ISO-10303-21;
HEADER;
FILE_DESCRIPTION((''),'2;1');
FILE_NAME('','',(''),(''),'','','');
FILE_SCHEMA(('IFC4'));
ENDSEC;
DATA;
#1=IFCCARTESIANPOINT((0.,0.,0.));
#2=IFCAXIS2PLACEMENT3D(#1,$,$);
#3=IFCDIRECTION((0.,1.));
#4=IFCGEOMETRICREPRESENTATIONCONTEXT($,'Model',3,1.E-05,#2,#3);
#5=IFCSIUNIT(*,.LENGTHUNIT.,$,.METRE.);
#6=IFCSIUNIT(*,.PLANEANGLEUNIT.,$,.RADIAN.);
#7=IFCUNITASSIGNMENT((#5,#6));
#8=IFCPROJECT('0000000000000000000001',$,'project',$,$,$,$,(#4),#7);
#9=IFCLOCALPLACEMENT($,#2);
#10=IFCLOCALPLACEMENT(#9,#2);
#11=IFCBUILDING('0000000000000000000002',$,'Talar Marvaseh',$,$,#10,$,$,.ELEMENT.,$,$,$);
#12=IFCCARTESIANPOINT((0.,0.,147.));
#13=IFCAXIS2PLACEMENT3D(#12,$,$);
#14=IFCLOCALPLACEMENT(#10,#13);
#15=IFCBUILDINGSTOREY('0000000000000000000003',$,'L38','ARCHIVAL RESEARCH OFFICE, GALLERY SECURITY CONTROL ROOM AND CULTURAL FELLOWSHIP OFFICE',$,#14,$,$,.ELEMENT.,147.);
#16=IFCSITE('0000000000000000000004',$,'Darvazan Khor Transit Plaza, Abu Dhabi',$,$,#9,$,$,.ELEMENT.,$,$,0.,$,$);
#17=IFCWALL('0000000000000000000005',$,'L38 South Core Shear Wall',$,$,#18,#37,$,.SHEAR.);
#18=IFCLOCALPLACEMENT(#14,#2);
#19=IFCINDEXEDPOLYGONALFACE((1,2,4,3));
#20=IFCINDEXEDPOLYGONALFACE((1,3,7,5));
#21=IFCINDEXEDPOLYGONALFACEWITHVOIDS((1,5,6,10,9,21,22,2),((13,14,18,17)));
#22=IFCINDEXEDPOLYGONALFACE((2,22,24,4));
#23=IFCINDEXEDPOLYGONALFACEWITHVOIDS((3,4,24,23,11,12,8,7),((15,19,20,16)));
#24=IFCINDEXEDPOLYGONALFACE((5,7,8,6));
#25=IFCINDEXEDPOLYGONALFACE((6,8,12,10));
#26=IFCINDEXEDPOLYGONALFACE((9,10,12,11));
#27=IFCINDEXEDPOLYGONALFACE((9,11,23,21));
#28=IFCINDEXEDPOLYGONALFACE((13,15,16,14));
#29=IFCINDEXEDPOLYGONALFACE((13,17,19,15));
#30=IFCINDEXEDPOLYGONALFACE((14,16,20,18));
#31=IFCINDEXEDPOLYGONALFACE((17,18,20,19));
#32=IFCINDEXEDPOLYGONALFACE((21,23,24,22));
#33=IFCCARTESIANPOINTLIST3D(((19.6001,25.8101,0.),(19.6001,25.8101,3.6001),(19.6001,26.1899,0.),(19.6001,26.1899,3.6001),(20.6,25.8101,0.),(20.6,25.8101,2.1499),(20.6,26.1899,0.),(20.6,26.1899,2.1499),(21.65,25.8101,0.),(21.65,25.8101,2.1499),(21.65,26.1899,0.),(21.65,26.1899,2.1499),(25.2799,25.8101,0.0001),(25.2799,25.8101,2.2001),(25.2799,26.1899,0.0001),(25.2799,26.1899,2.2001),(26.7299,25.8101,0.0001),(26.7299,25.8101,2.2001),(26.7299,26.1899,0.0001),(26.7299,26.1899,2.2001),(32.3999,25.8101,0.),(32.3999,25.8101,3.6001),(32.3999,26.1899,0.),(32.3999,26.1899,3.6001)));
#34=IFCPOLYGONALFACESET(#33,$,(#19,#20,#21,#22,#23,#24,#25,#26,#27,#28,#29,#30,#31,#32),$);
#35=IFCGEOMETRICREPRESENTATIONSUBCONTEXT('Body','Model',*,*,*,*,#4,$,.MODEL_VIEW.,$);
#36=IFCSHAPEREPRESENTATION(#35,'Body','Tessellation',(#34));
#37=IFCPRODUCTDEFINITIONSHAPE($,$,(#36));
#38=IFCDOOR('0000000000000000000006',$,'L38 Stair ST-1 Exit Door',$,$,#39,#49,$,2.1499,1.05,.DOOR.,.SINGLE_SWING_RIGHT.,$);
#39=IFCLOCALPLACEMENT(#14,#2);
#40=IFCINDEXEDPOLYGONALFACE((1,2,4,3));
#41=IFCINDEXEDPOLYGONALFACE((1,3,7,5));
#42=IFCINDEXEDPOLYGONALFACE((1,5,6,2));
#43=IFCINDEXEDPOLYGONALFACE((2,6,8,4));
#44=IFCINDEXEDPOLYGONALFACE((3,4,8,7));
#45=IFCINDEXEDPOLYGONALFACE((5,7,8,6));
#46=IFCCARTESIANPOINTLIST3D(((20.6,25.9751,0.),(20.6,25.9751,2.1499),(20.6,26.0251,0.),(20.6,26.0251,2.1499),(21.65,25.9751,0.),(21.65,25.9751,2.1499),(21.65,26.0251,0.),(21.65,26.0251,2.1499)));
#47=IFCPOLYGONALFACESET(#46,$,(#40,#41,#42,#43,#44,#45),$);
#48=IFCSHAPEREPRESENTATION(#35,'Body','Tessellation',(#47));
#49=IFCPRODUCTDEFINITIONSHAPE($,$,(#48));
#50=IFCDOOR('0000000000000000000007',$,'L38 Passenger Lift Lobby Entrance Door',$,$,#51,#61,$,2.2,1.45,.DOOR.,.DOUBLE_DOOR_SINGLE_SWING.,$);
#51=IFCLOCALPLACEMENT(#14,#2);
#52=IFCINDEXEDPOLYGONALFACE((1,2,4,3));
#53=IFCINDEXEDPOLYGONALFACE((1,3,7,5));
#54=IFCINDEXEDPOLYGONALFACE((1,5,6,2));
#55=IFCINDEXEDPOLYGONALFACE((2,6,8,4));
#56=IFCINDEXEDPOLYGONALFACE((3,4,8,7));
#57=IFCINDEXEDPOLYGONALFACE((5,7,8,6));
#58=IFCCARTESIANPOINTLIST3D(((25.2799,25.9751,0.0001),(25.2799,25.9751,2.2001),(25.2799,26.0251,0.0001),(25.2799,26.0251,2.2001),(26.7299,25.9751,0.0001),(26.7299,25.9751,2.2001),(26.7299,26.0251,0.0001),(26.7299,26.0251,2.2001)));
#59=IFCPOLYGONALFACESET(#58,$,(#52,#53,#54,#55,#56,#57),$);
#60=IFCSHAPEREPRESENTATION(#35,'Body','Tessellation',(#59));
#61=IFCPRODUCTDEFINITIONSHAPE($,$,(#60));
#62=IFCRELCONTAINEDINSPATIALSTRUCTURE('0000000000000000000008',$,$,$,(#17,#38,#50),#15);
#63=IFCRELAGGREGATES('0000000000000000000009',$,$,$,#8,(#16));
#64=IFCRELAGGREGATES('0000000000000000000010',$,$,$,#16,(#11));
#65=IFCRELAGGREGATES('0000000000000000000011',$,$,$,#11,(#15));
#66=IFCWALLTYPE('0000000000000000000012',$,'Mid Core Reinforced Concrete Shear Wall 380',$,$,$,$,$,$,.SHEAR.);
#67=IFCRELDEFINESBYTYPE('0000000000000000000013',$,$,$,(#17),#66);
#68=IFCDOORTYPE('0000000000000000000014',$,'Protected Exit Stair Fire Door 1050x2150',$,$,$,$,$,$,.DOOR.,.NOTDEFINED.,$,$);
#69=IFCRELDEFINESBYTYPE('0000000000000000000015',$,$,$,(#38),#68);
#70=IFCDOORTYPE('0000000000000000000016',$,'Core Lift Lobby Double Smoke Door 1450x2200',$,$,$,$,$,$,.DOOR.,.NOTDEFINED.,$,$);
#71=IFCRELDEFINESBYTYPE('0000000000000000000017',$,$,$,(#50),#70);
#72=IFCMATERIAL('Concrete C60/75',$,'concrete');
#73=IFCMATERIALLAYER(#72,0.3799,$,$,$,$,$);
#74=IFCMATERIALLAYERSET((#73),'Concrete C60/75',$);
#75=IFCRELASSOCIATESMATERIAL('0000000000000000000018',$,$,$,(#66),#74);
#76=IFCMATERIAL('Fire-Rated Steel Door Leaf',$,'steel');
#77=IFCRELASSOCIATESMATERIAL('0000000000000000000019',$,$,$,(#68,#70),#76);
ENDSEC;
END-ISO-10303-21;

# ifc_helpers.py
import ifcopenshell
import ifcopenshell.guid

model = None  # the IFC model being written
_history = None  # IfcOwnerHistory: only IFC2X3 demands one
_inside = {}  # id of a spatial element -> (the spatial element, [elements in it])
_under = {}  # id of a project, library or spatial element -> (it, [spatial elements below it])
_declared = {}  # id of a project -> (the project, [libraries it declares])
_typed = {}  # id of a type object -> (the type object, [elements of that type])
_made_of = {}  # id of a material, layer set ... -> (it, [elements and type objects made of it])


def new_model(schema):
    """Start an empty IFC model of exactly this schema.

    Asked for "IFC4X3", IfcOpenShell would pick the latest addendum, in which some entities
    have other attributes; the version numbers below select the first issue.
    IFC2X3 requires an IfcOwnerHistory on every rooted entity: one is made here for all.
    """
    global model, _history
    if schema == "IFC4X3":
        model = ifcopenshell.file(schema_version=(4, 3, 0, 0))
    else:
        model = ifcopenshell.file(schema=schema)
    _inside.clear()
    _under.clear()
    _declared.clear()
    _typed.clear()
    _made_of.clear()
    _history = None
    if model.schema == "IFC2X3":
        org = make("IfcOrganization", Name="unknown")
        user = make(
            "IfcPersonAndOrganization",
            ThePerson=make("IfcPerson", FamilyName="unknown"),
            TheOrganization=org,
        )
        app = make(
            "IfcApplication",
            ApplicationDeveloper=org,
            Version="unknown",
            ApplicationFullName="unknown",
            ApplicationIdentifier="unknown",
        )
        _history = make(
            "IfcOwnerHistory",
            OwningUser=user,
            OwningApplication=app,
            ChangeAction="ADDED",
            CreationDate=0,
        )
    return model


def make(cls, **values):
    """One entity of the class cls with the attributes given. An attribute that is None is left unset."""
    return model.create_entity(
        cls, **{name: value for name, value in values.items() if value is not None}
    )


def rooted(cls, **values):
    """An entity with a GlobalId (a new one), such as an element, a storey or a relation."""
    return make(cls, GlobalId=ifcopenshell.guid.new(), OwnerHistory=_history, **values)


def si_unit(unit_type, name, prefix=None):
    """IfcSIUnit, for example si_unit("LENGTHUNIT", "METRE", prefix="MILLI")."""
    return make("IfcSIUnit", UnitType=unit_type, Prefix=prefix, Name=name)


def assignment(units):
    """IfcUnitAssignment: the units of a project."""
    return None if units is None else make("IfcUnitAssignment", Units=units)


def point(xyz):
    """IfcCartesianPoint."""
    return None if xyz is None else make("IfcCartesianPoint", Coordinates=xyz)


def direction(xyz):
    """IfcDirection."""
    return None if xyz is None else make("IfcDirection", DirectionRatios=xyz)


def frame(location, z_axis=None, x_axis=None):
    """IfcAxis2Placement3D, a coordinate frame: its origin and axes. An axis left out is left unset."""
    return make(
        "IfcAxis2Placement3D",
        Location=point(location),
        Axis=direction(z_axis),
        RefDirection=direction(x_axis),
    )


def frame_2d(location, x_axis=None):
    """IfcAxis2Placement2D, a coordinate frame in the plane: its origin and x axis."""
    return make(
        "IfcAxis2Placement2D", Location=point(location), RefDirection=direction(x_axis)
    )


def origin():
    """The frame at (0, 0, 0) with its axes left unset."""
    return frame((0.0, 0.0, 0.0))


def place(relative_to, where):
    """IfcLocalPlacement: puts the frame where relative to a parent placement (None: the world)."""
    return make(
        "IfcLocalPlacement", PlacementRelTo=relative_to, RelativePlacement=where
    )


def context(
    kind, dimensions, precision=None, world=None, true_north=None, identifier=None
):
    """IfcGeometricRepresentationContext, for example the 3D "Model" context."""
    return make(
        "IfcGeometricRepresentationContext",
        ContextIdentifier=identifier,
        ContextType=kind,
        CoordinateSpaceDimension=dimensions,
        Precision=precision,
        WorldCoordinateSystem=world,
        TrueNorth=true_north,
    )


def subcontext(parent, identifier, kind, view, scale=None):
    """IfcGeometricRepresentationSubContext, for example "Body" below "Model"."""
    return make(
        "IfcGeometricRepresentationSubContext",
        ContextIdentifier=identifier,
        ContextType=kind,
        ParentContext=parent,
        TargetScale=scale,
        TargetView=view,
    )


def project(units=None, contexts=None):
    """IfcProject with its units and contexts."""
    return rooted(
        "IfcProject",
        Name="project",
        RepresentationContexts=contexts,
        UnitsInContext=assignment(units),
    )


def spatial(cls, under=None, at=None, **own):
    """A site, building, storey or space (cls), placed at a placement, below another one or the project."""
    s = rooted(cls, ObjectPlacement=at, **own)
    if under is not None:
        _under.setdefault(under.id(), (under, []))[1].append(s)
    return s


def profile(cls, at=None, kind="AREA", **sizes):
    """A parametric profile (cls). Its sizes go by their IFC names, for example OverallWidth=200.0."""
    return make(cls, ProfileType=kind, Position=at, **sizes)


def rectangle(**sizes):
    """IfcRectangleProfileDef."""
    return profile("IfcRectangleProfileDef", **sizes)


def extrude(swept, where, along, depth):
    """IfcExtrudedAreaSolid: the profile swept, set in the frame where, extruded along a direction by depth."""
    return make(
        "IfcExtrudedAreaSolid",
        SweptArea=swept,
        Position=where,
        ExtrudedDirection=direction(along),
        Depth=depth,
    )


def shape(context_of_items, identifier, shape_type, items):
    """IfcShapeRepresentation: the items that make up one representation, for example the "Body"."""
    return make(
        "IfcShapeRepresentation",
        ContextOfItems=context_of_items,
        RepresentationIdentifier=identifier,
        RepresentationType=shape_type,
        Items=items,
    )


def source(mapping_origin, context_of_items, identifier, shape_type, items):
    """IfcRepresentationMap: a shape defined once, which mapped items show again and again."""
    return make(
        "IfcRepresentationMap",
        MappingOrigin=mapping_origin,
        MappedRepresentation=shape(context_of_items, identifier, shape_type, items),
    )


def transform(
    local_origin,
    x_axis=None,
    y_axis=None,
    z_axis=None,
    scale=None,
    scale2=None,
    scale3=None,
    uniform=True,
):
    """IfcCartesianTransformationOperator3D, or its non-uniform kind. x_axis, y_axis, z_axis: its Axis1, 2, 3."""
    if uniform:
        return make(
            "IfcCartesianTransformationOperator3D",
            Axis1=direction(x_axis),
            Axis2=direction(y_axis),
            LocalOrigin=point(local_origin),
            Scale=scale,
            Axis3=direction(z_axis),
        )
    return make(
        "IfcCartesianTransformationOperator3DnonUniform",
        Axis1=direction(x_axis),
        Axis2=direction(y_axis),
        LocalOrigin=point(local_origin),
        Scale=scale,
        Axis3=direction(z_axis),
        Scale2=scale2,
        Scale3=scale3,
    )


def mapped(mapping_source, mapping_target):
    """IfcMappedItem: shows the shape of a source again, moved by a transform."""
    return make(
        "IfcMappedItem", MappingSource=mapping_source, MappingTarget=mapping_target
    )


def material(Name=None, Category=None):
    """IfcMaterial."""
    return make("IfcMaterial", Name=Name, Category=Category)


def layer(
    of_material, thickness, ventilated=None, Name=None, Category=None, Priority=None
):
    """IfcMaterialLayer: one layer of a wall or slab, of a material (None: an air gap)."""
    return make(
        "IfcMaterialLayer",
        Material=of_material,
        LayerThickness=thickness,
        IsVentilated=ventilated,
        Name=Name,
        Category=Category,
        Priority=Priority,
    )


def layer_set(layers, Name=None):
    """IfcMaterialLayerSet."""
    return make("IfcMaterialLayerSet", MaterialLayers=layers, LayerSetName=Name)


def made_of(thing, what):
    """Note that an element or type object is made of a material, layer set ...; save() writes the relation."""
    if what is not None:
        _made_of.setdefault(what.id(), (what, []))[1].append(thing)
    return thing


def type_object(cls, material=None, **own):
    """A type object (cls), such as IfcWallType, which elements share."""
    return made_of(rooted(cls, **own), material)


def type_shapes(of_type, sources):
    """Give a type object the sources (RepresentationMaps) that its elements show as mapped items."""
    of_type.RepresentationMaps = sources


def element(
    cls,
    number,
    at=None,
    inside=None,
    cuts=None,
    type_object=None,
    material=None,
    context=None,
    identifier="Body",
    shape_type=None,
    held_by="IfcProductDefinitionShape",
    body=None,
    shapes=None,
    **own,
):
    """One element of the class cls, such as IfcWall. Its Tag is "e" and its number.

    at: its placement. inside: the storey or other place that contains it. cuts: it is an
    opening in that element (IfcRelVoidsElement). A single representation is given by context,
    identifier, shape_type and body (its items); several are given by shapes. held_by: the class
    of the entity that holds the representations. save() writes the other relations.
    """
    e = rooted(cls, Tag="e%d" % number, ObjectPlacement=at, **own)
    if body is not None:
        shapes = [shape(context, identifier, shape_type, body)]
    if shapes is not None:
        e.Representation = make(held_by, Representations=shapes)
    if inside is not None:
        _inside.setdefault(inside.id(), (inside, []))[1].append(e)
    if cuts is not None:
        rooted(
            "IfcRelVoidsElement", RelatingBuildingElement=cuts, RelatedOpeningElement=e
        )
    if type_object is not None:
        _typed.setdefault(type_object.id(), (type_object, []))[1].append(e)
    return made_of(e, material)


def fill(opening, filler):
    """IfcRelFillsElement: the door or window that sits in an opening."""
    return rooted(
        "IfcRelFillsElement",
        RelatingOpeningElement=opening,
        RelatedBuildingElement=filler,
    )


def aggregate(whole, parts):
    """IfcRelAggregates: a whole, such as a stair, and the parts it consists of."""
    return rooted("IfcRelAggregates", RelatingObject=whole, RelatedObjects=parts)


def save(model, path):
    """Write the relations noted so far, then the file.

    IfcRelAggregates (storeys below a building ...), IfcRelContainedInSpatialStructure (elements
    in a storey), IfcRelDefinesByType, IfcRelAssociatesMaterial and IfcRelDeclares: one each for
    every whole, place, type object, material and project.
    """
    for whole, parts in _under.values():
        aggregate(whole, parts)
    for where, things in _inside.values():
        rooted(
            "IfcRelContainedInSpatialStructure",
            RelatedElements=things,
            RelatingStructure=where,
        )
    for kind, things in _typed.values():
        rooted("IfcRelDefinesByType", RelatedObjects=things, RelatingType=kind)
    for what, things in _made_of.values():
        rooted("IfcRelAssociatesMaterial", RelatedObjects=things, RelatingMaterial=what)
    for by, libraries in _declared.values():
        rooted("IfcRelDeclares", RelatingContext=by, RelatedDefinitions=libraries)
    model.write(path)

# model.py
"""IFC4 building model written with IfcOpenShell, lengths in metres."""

from ifc_helpers import new_model, si_unit, direction, frame, frame_2d, origin, place, context, subcontext, project, spatial, rectangle, extrude, source, transform, mapped, material, layer, layer_set, type_object, type_shapes, element, fill, save


model = new_model("IFC4")

# Units and contexts
model_context = context("Model", 3, precision=1e-05, world=origin(), true_north=direction((0.0, 1.0)))
body_context = subcontext(model_context, "Body", "Model", "MODEL_VIEW")
ifc_project = project(units=[si_unit("LENGTHUNIT", "METRE"), si_unit("PLANEANGLEUNIT", "RADIAN")], contexts=[model_context])

# Site, building, storey
site_placement = place(None, origin())
site = spatial("IfcSite", under=ifc_project, at=site_placement, Name="Darvazan Khor Transit Plaza, Abu Dhabi", CompositionType="ELEMENT", RefElevation=0.0)
building_placement = place(site_placement, origin())
building = spatial("IfcBuilding", under=site, at=building_placement, Name="Talar Marvaseh", CompositionType="ELEMENT")
storey_placement = place(building_placement, frame((0.0, 0.0, 147.0)))
storey = spatial("IfcBuildingStorey", under=building, at=storey_placement, Name="L38", Description="ARCHIVAL RESEARCH OFFICE, GALLERY SECURITY CONTROL ROOM AND CULTURAL FELLOWSHIP OFFICE", CompositionType="ELEMENT", Elevation=147.0)

# Shared definitions
ifc_material_1 = material(Name="Concrete C60/75", Category="concrete")

# Wall, openings, doors
ifc_layer_1 = layer(ifc_material_1, 0.3799)
ifc_layer_set_1 = layer_set([ifc_layer_1], Name="Concrete C60/75")
wall_type_1 = type_object("IfcWallType", Name="Mid Core Reinforced Concrete Shear Wall 380", PredefinedType="SHEAR", material=ifc_layer_set_1)
wall_1_placement = place(storey_placement, frame((32.3999, 26.0, 0.0), z_axis=(0.0, 0.0, 1.0), x_axis=(-1.0, 0.0, 0.0)))
wall_1 = element("IfcWall", 1, at=wall_1_placement, inside=storey, type_object=wall_type_1, Name="L38 South Core Shear Wall", PredefinedType="SHEAR", context=body_context, shape_type="SweptSolid", body=[
    extrude(rectangle(XDim=12.7998, YDim=0.3799, at=frame_2d((6.3999, 0.0))), origin(), (0.0, 0.0, 1.0), 3.6001),
])
opening_1_placement = place(wall_1_placement, frame((10.75, 0.0, 0.0)))
opening_1 = element("IfcOpeningElement", 2, at=opening_1_placement, cuts=wall_1, PredefinedType="OPENING", context=body_context, shape_type="SweptSolid", body=[
    extrude(rectangle(XDim=1.05, YDim=2.1499, at=frame_2d((0.5249, 1.075))), frame((0.0, 0.2, 0.0), z_axis=(0.0, -1.0, 0.0), x_axis=(1.0, 0.0, 0.0)), (0.0, 0.0, 1.0), 0.3999),
])
opening_2_placement = place(wall_1_placement, frame((5.6699, 0.0, 0.0)))
opening_2 = element("IfcOpeningElement", 3, at=opening_2_placement, cuts=wall_1, PredefinedType="OPENING", context=body_context, shape_type="SweptSolid", body=[
    extrude(rectangle(XDim=1.45, YDim=2.2, at=frame_2d((0.7251, 1.1001))), frame((0.0, 0.2, 0.0), z_axis=(0.0, -1.0, 0.0), x_axis=(1.0, 0.0, 0.0)), (0.0, 0.0, 1.0), 0.3999),
])
ifc_material_2 = material(Name="Fire-Rated Steel Door Leaf", Category="steel")
door_type_1 = type_object("IfcDoorType", Name="Protected Exit Stair Fire Door 1050x2150", OperationType="NOTDEFINED", PredefinedType="DOOR", material=ifc_material_2)
shared_shape_1 = source(origin(), body_context, "Body", "SweptSolid", [
    extrude(rectangle(XDim=1.05, YDim=2.1499, at=frame_2d((0.5249, 1.075))), frame((0.0, 0.0249, 0.0), z_axis=(0.0, -1.0, 0.0), x_axis=(1.0, 0.0, 0.0)), (0.0, 0.0, 1.0), 0.05),
])
type_shapes(door_type_1, [shared_shape_1])
door_1_placement = place(opening_1_placement, origin())
door_1 = element("IfcDoor", 4, at=door_1_placement, inside=storey, type_object=door_type_1, Name="L38 Stair ST-1 Exit Door", OperationType="SINGLE_SWING_RIGHT", OverallHeight=2.1499, OverallWidth=1.05, PredefinedType="DOOR", context=body_context, shape_type="MappedRepresentation", body=[
    mapped(shared_shape_1, transform((0.0, 0.0, 0.0), x_axis=(1.0, 0.0, 0.0), y_axis=(0.0, 1.0, 0.0), z_axis=(0.0, 0.0, 1.0), scale=1.0)),
])
fill(opening_1, door_1)
door_type_2 = type_object("IfcDoorType", Name="Core Lift Lobby Double Smoke Door 1450x2200", OperationType="NOTDEFINED", PredefinedType="DOOR", material=ifc_material_2)
shared_shape_2 = source(origin(), body_context, "Body", "SweptSolid", [
    extrude(rectangle(XDim=1.45, YDim=2.2, at=frame_2d((0.7251, 1.1001))), frame((0.0, 0.0249, 0.0), z_axis=(0.0, -1.0, 0.0), x_axis=(1.0, 0.0, 0.0)), (0.0, 0.0, 1.0), 0.05),
])
type_shapes(door_type_2, [shared_shape_2])
door_2_placement = place(opening_2_placement, origin())
door_2 = element("IfcDoor", 5, at=door_2_placement, inside=storey, type_object=door_type_2, Name="L38 Passenger Lift Lobby Entrance Door", OperationType="DOUBLE_DOOR_SINGLE_SWING", OverallHeight=2.2, OverallWidth=1.45, PredefinedType="DOOR", context=body_context, shape_type="MappedRepresentation", body=[
    mapped(shared_shape_2, transform((0.0, 0.0, 0.0), x_axis=(1.0, 0.0, 0.0), y_axis=(0.0, 1.0, 0.0), z_axis=(0.0, 0.0, 1.0), scale=1.0)),
])
fill(opening_2, door_2)

save(model, "model.ifc")
